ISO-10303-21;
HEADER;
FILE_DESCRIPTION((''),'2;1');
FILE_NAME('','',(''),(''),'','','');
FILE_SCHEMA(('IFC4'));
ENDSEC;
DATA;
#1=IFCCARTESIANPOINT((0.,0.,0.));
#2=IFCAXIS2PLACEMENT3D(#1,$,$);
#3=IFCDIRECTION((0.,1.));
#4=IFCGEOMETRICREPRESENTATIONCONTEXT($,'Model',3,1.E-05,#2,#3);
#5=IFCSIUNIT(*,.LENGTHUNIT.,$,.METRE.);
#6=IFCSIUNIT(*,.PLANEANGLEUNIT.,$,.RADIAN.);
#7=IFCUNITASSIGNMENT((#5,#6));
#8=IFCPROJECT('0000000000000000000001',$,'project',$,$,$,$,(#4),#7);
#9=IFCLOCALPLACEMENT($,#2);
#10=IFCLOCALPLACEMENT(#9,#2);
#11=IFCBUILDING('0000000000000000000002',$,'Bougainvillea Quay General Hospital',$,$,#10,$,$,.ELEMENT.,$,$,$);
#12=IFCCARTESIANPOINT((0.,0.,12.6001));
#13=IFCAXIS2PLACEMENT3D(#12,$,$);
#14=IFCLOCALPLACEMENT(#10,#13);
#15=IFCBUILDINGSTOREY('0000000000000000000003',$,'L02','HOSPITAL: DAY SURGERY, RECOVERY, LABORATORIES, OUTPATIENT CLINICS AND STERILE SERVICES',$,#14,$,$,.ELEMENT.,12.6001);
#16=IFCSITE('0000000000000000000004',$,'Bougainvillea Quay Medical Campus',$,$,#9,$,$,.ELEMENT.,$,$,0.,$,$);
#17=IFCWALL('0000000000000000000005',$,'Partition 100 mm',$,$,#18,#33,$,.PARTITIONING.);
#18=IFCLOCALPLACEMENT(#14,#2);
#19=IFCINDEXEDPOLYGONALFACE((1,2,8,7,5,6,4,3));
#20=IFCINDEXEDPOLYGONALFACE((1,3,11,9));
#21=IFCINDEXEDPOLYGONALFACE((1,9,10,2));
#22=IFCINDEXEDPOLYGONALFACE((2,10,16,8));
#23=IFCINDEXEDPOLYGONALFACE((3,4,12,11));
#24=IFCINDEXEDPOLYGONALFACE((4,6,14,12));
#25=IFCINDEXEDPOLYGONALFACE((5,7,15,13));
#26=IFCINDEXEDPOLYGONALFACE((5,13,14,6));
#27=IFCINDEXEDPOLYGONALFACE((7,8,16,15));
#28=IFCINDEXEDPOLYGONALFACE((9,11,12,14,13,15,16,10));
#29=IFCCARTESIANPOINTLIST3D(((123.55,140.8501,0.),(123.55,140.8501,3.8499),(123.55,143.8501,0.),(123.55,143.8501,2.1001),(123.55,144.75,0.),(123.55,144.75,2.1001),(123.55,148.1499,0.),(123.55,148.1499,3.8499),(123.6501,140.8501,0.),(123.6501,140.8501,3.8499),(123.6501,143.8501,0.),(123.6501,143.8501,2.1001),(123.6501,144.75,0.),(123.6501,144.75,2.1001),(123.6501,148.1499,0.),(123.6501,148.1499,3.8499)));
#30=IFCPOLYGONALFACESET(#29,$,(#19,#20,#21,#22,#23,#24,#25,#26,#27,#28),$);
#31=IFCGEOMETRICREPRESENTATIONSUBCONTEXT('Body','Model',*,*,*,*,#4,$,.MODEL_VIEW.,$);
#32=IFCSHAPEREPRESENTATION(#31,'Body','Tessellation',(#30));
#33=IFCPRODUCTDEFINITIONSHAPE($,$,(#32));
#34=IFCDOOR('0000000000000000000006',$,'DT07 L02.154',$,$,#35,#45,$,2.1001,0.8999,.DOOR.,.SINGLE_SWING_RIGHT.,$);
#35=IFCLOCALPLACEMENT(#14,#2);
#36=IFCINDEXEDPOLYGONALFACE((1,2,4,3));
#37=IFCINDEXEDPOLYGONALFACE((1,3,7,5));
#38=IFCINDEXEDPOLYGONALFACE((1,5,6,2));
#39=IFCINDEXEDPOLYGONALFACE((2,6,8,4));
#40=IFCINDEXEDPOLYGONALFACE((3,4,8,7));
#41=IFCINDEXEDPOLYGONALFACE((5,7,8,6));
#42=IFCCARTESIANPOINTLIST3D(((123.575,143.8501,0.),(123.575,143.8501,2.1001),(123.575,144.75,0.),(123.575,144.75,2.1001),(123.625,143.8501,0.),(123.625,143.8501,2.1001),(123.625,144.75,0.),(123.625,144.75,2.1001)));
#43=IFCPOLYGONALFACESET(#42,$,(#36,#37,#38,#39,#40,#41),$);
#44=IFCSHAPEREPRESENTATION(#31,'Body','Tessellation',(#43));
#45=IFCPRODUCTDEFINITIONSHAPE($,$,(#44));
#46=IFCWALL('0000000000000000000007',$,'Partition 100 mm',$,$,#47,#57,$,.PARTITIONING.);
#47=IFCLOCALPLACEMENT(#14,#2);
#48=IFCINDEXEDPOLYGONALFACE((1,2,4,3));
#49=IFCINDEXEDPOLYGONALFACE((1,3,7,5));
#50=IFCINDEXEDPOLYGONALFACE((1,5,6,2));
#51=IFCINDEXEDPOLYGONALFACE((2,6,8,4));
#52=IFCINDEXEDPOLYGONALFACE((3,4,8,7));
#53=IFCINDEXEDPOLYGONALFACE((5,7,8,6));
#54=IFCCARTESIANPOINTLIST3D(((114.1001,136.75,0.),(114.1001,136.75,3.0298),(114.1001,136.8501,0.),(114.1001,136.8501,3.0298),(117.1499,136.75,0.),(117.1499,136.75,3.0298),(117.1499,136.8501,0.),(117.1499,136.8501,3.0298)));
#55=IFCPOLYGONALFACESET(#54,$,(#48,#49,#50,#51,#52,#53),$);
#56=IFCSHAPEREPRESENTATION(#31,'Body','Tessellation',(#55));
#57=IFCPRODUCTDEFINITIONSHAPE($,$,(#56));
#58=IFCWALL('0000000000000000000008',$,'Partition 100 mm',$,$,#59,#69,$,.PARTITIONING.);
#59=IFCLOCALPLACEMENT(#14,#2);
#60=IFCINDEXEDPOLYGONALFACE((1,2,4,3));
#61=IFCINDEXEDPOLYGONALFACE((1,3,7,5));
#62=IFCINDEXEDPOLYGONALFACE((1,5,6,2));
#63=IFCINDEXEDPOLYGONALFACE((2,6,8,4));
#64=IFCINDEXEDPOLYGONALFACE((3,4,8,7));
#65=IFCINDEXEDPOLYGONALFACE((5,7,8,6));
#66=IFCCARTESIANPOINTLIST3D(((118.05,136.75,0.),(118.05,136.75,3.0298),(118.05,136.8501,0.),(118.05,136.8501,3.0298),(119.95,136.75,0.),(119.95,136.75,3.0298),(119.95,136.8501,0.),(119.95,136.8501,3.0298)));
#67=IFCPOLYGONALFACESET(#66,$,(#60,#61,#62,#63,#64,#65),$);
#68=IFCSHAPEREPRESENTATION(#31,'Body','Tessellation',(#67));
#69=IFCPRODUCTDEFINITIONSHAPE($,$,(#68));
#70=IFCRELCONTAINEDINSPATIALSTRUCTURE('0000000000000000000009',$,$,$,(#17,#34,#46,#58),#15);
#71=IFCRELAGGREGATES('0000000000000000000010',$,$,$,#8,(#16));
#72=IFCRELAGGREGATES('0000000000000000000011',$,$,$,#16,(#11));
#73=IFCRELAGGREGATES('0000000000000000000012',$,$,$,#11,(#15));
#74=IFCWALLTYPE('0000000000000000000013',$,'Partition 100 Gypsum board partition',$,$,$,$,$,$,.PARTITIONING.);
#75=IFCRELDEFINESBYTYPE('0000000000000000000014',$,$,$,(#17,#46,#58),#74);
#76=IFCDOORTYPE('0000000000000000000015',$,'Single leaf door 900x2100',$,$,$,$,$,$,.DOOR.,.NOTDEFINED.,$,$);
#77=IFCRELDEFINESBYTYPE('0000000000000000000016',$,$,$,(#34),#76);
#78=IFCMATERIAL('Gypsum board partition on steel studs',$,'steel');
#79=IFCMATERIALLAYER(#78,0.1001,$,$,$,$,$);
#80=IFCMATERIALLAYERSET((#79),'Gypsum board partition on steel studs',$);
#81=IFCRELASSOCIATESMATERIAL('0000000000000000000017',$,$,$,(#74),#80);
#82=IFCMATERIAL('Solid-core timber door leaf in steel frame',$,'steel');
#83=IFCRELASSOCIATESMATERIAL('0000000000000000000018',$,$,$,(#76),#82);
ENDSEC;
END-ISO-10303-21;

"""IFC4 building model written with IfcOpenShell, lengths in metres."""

from ifc_helpers import new_model, si_unit, direction, frame, frame_2d, origin, place, context, subcontext, project, spatial, rectangle, extrude, material, layer, layer_set, type_object, element, fill, save


model = new_model("IFC4")

# Units and contexts
model_context = context("Model", 3, precision=1e-05, world=origin(), true_north=direction((0.0, 1.0)))
body_context = subcontext(model_context, "Body", "Model", "MODEL_VIEW")
ifc_project = project(units=[si_unit("LENGTHUNIT", "METRE"), si_unit("PLANEANGLEUNIT", "RADIAN")], contexts=[model_context])

# Site, building, storey
site_placement = place(None, origin())
site = spatial("IfcSite", under=ifc_project, at=site_placement, Name="Bougainvillea Quay Medical Campus", CompositionType="ELEMENT", RefElevation=0.0)
building_placement = place(site_placement, origin())
building = spatial("IfcBuilding", under=site, at=building_placement, Name="Bougainvillea Quay General Hospital", CompositionType="ELEMENT")
storey_placement = place(building_placement, frame((0.0, 0.0, 12.6001)))
storey = spatial("IfcBuildingStorey", under=building, at=storey_placement, Name="L02", Description="HOSPITAL: DAY SURGERY, RECOVERY, LABORATORIES, OUTPATIENT CLINICS AND STERILE SERVICES", CompositionType="ELEMENT", Elevation=12.6001)

# Shared definitions
ifc_material_1 = material(Name="Gypsum board partition on steel studs", Category="steel")
ifc_layer = layer(ifc_material_1, 0.1001)
ifc_layer_set = layer_set([ifc_layer], Name="Gypsum board partition on steel studs")
wall_type = type_object("IfcWallType", Name="Partition 100 Gypsum board partition", PredefinedType="PARTITIONING", material=ifc_layer_set)

# Wall, opening, door
wall_1_placement = place(storey_placement, frame((123.6001, 140.8501, 0.0), z_axis=(0.0, 0.0, 1.0), x_axis=(0.0, 1.0, 0.0)))
wall_1 = element("IfcWall", 1, at=wall_1_placement, inside=storey, type_object=wall_type, Name="Partition 100 mm", PredefinedType="PARTITIONING", context=body_context, shape_type="SweptSolid", body=[
    extrude(rectangle(XDim=7.2998, YDim=0.1001, at=frame_2d((3.6499, 0.0))), origin(), (0.0, 0.0, 1.0), 3.8499),
])
opening_1_placement = place(wall_1_placement, frame((3.0, 0.0, 0.0)))
opening_1 = element("IfcOpeningElement", 2, at=opening_1_placement, cuts=wall_1, PredefinedType="OPENING", context=body_context, shape_type="SweptSolid", body=[
    extrude(rectangle(XDim=0.8999, YDim=2.1001, at=frame_2d((0.45, 1.05))), frame((0.0, 0.0601, 0.0), z_axis=(0.0, -1.0, 0.0), x_axis=(1.0, 0.0, 0.0)), (0.0, 0.0, 1.0), 0.1201),
])
ifc_material_2 = material(Name="Solid-core timber door leaf in steel frame", Category="steel")
door_type_1 = type_object("IfcDoorType", Name="Single leaf door 900x2100", OperationType="NOTDEFINED", PredefinedType="DOOR", material=ifc_material_2)
door_1_placement = place(opening_1_placement, frame((0.8999, 0.0, 0.0), z_axis=(0.0, 0.0, 1.0), x_axis=(-1.0, 0.0, 0.0)))
door_1 = element("IfcDoor", 3, at=door_1_placement, inside=storey, type_object=door_type_1, Name="DT07 L02.154", OperationType="SINGLE_SWING_RIGHT", OverallHeight=2.1001, OverallWidth=0.8999, PredefinedType="DOOR", context=body_context, shape_type="SweptSolid", body=[
    extrude(rectangle(XDim=0.8999, YDim=2.1001, at=frame_2d((0.45, 1.05))), frame((0.0, 0.0249, 0.0), z_axis=(0.0, -1.0, 0.0), x_axis=(1.0, 0.0, 0.0)), (0.0, 0.0, 1.0), 0.05),
])
fill(opening_1, door_1)

# Walls
wall_2_placement = place(storey_placement, frame((114.1001, 136.8, 0.0), z_axis=(0.0, 0.0, 1.0), x_axis=(1.0, 0.0, 0.0)))
element("IfcWall", 4, at=wall_2_placement, inside=storey, type_object=wall_type, Name="Partition 100 mm", PredefinedType="PARTITIONING", context=body_context, shape_type="SweptSolid", body=[
    extrude(rectangle(XDim=3.0498, YDim=0.1001, at=frame_2d((1.5249, 0.0))), origin(), (0.0, 0.0, 1.0), 3.0298),
])
wall_3_placement = place(storey_placement, frame((118.05, 136.8, 0.0), z_axis=(0.0, 0.0, 1.0), x_axis=(1.0, 0.0, 0.0)))
element("IfcWall", 5, at=wall_3_placement, inside=storey, type_object=wall_type, Name="Partition 100 mm", PredefinedType="PARTITIONING", context=body_context, shape_type="SweptSolid", body=[
    extrude(rectangle(XDim=1.8999, YDim=0.1001, at=frame_2d((0.95, 0.0))), origin(), (0.0, 0.0, 1.0), 3.0298),
])

save(model, "model.ifc")
